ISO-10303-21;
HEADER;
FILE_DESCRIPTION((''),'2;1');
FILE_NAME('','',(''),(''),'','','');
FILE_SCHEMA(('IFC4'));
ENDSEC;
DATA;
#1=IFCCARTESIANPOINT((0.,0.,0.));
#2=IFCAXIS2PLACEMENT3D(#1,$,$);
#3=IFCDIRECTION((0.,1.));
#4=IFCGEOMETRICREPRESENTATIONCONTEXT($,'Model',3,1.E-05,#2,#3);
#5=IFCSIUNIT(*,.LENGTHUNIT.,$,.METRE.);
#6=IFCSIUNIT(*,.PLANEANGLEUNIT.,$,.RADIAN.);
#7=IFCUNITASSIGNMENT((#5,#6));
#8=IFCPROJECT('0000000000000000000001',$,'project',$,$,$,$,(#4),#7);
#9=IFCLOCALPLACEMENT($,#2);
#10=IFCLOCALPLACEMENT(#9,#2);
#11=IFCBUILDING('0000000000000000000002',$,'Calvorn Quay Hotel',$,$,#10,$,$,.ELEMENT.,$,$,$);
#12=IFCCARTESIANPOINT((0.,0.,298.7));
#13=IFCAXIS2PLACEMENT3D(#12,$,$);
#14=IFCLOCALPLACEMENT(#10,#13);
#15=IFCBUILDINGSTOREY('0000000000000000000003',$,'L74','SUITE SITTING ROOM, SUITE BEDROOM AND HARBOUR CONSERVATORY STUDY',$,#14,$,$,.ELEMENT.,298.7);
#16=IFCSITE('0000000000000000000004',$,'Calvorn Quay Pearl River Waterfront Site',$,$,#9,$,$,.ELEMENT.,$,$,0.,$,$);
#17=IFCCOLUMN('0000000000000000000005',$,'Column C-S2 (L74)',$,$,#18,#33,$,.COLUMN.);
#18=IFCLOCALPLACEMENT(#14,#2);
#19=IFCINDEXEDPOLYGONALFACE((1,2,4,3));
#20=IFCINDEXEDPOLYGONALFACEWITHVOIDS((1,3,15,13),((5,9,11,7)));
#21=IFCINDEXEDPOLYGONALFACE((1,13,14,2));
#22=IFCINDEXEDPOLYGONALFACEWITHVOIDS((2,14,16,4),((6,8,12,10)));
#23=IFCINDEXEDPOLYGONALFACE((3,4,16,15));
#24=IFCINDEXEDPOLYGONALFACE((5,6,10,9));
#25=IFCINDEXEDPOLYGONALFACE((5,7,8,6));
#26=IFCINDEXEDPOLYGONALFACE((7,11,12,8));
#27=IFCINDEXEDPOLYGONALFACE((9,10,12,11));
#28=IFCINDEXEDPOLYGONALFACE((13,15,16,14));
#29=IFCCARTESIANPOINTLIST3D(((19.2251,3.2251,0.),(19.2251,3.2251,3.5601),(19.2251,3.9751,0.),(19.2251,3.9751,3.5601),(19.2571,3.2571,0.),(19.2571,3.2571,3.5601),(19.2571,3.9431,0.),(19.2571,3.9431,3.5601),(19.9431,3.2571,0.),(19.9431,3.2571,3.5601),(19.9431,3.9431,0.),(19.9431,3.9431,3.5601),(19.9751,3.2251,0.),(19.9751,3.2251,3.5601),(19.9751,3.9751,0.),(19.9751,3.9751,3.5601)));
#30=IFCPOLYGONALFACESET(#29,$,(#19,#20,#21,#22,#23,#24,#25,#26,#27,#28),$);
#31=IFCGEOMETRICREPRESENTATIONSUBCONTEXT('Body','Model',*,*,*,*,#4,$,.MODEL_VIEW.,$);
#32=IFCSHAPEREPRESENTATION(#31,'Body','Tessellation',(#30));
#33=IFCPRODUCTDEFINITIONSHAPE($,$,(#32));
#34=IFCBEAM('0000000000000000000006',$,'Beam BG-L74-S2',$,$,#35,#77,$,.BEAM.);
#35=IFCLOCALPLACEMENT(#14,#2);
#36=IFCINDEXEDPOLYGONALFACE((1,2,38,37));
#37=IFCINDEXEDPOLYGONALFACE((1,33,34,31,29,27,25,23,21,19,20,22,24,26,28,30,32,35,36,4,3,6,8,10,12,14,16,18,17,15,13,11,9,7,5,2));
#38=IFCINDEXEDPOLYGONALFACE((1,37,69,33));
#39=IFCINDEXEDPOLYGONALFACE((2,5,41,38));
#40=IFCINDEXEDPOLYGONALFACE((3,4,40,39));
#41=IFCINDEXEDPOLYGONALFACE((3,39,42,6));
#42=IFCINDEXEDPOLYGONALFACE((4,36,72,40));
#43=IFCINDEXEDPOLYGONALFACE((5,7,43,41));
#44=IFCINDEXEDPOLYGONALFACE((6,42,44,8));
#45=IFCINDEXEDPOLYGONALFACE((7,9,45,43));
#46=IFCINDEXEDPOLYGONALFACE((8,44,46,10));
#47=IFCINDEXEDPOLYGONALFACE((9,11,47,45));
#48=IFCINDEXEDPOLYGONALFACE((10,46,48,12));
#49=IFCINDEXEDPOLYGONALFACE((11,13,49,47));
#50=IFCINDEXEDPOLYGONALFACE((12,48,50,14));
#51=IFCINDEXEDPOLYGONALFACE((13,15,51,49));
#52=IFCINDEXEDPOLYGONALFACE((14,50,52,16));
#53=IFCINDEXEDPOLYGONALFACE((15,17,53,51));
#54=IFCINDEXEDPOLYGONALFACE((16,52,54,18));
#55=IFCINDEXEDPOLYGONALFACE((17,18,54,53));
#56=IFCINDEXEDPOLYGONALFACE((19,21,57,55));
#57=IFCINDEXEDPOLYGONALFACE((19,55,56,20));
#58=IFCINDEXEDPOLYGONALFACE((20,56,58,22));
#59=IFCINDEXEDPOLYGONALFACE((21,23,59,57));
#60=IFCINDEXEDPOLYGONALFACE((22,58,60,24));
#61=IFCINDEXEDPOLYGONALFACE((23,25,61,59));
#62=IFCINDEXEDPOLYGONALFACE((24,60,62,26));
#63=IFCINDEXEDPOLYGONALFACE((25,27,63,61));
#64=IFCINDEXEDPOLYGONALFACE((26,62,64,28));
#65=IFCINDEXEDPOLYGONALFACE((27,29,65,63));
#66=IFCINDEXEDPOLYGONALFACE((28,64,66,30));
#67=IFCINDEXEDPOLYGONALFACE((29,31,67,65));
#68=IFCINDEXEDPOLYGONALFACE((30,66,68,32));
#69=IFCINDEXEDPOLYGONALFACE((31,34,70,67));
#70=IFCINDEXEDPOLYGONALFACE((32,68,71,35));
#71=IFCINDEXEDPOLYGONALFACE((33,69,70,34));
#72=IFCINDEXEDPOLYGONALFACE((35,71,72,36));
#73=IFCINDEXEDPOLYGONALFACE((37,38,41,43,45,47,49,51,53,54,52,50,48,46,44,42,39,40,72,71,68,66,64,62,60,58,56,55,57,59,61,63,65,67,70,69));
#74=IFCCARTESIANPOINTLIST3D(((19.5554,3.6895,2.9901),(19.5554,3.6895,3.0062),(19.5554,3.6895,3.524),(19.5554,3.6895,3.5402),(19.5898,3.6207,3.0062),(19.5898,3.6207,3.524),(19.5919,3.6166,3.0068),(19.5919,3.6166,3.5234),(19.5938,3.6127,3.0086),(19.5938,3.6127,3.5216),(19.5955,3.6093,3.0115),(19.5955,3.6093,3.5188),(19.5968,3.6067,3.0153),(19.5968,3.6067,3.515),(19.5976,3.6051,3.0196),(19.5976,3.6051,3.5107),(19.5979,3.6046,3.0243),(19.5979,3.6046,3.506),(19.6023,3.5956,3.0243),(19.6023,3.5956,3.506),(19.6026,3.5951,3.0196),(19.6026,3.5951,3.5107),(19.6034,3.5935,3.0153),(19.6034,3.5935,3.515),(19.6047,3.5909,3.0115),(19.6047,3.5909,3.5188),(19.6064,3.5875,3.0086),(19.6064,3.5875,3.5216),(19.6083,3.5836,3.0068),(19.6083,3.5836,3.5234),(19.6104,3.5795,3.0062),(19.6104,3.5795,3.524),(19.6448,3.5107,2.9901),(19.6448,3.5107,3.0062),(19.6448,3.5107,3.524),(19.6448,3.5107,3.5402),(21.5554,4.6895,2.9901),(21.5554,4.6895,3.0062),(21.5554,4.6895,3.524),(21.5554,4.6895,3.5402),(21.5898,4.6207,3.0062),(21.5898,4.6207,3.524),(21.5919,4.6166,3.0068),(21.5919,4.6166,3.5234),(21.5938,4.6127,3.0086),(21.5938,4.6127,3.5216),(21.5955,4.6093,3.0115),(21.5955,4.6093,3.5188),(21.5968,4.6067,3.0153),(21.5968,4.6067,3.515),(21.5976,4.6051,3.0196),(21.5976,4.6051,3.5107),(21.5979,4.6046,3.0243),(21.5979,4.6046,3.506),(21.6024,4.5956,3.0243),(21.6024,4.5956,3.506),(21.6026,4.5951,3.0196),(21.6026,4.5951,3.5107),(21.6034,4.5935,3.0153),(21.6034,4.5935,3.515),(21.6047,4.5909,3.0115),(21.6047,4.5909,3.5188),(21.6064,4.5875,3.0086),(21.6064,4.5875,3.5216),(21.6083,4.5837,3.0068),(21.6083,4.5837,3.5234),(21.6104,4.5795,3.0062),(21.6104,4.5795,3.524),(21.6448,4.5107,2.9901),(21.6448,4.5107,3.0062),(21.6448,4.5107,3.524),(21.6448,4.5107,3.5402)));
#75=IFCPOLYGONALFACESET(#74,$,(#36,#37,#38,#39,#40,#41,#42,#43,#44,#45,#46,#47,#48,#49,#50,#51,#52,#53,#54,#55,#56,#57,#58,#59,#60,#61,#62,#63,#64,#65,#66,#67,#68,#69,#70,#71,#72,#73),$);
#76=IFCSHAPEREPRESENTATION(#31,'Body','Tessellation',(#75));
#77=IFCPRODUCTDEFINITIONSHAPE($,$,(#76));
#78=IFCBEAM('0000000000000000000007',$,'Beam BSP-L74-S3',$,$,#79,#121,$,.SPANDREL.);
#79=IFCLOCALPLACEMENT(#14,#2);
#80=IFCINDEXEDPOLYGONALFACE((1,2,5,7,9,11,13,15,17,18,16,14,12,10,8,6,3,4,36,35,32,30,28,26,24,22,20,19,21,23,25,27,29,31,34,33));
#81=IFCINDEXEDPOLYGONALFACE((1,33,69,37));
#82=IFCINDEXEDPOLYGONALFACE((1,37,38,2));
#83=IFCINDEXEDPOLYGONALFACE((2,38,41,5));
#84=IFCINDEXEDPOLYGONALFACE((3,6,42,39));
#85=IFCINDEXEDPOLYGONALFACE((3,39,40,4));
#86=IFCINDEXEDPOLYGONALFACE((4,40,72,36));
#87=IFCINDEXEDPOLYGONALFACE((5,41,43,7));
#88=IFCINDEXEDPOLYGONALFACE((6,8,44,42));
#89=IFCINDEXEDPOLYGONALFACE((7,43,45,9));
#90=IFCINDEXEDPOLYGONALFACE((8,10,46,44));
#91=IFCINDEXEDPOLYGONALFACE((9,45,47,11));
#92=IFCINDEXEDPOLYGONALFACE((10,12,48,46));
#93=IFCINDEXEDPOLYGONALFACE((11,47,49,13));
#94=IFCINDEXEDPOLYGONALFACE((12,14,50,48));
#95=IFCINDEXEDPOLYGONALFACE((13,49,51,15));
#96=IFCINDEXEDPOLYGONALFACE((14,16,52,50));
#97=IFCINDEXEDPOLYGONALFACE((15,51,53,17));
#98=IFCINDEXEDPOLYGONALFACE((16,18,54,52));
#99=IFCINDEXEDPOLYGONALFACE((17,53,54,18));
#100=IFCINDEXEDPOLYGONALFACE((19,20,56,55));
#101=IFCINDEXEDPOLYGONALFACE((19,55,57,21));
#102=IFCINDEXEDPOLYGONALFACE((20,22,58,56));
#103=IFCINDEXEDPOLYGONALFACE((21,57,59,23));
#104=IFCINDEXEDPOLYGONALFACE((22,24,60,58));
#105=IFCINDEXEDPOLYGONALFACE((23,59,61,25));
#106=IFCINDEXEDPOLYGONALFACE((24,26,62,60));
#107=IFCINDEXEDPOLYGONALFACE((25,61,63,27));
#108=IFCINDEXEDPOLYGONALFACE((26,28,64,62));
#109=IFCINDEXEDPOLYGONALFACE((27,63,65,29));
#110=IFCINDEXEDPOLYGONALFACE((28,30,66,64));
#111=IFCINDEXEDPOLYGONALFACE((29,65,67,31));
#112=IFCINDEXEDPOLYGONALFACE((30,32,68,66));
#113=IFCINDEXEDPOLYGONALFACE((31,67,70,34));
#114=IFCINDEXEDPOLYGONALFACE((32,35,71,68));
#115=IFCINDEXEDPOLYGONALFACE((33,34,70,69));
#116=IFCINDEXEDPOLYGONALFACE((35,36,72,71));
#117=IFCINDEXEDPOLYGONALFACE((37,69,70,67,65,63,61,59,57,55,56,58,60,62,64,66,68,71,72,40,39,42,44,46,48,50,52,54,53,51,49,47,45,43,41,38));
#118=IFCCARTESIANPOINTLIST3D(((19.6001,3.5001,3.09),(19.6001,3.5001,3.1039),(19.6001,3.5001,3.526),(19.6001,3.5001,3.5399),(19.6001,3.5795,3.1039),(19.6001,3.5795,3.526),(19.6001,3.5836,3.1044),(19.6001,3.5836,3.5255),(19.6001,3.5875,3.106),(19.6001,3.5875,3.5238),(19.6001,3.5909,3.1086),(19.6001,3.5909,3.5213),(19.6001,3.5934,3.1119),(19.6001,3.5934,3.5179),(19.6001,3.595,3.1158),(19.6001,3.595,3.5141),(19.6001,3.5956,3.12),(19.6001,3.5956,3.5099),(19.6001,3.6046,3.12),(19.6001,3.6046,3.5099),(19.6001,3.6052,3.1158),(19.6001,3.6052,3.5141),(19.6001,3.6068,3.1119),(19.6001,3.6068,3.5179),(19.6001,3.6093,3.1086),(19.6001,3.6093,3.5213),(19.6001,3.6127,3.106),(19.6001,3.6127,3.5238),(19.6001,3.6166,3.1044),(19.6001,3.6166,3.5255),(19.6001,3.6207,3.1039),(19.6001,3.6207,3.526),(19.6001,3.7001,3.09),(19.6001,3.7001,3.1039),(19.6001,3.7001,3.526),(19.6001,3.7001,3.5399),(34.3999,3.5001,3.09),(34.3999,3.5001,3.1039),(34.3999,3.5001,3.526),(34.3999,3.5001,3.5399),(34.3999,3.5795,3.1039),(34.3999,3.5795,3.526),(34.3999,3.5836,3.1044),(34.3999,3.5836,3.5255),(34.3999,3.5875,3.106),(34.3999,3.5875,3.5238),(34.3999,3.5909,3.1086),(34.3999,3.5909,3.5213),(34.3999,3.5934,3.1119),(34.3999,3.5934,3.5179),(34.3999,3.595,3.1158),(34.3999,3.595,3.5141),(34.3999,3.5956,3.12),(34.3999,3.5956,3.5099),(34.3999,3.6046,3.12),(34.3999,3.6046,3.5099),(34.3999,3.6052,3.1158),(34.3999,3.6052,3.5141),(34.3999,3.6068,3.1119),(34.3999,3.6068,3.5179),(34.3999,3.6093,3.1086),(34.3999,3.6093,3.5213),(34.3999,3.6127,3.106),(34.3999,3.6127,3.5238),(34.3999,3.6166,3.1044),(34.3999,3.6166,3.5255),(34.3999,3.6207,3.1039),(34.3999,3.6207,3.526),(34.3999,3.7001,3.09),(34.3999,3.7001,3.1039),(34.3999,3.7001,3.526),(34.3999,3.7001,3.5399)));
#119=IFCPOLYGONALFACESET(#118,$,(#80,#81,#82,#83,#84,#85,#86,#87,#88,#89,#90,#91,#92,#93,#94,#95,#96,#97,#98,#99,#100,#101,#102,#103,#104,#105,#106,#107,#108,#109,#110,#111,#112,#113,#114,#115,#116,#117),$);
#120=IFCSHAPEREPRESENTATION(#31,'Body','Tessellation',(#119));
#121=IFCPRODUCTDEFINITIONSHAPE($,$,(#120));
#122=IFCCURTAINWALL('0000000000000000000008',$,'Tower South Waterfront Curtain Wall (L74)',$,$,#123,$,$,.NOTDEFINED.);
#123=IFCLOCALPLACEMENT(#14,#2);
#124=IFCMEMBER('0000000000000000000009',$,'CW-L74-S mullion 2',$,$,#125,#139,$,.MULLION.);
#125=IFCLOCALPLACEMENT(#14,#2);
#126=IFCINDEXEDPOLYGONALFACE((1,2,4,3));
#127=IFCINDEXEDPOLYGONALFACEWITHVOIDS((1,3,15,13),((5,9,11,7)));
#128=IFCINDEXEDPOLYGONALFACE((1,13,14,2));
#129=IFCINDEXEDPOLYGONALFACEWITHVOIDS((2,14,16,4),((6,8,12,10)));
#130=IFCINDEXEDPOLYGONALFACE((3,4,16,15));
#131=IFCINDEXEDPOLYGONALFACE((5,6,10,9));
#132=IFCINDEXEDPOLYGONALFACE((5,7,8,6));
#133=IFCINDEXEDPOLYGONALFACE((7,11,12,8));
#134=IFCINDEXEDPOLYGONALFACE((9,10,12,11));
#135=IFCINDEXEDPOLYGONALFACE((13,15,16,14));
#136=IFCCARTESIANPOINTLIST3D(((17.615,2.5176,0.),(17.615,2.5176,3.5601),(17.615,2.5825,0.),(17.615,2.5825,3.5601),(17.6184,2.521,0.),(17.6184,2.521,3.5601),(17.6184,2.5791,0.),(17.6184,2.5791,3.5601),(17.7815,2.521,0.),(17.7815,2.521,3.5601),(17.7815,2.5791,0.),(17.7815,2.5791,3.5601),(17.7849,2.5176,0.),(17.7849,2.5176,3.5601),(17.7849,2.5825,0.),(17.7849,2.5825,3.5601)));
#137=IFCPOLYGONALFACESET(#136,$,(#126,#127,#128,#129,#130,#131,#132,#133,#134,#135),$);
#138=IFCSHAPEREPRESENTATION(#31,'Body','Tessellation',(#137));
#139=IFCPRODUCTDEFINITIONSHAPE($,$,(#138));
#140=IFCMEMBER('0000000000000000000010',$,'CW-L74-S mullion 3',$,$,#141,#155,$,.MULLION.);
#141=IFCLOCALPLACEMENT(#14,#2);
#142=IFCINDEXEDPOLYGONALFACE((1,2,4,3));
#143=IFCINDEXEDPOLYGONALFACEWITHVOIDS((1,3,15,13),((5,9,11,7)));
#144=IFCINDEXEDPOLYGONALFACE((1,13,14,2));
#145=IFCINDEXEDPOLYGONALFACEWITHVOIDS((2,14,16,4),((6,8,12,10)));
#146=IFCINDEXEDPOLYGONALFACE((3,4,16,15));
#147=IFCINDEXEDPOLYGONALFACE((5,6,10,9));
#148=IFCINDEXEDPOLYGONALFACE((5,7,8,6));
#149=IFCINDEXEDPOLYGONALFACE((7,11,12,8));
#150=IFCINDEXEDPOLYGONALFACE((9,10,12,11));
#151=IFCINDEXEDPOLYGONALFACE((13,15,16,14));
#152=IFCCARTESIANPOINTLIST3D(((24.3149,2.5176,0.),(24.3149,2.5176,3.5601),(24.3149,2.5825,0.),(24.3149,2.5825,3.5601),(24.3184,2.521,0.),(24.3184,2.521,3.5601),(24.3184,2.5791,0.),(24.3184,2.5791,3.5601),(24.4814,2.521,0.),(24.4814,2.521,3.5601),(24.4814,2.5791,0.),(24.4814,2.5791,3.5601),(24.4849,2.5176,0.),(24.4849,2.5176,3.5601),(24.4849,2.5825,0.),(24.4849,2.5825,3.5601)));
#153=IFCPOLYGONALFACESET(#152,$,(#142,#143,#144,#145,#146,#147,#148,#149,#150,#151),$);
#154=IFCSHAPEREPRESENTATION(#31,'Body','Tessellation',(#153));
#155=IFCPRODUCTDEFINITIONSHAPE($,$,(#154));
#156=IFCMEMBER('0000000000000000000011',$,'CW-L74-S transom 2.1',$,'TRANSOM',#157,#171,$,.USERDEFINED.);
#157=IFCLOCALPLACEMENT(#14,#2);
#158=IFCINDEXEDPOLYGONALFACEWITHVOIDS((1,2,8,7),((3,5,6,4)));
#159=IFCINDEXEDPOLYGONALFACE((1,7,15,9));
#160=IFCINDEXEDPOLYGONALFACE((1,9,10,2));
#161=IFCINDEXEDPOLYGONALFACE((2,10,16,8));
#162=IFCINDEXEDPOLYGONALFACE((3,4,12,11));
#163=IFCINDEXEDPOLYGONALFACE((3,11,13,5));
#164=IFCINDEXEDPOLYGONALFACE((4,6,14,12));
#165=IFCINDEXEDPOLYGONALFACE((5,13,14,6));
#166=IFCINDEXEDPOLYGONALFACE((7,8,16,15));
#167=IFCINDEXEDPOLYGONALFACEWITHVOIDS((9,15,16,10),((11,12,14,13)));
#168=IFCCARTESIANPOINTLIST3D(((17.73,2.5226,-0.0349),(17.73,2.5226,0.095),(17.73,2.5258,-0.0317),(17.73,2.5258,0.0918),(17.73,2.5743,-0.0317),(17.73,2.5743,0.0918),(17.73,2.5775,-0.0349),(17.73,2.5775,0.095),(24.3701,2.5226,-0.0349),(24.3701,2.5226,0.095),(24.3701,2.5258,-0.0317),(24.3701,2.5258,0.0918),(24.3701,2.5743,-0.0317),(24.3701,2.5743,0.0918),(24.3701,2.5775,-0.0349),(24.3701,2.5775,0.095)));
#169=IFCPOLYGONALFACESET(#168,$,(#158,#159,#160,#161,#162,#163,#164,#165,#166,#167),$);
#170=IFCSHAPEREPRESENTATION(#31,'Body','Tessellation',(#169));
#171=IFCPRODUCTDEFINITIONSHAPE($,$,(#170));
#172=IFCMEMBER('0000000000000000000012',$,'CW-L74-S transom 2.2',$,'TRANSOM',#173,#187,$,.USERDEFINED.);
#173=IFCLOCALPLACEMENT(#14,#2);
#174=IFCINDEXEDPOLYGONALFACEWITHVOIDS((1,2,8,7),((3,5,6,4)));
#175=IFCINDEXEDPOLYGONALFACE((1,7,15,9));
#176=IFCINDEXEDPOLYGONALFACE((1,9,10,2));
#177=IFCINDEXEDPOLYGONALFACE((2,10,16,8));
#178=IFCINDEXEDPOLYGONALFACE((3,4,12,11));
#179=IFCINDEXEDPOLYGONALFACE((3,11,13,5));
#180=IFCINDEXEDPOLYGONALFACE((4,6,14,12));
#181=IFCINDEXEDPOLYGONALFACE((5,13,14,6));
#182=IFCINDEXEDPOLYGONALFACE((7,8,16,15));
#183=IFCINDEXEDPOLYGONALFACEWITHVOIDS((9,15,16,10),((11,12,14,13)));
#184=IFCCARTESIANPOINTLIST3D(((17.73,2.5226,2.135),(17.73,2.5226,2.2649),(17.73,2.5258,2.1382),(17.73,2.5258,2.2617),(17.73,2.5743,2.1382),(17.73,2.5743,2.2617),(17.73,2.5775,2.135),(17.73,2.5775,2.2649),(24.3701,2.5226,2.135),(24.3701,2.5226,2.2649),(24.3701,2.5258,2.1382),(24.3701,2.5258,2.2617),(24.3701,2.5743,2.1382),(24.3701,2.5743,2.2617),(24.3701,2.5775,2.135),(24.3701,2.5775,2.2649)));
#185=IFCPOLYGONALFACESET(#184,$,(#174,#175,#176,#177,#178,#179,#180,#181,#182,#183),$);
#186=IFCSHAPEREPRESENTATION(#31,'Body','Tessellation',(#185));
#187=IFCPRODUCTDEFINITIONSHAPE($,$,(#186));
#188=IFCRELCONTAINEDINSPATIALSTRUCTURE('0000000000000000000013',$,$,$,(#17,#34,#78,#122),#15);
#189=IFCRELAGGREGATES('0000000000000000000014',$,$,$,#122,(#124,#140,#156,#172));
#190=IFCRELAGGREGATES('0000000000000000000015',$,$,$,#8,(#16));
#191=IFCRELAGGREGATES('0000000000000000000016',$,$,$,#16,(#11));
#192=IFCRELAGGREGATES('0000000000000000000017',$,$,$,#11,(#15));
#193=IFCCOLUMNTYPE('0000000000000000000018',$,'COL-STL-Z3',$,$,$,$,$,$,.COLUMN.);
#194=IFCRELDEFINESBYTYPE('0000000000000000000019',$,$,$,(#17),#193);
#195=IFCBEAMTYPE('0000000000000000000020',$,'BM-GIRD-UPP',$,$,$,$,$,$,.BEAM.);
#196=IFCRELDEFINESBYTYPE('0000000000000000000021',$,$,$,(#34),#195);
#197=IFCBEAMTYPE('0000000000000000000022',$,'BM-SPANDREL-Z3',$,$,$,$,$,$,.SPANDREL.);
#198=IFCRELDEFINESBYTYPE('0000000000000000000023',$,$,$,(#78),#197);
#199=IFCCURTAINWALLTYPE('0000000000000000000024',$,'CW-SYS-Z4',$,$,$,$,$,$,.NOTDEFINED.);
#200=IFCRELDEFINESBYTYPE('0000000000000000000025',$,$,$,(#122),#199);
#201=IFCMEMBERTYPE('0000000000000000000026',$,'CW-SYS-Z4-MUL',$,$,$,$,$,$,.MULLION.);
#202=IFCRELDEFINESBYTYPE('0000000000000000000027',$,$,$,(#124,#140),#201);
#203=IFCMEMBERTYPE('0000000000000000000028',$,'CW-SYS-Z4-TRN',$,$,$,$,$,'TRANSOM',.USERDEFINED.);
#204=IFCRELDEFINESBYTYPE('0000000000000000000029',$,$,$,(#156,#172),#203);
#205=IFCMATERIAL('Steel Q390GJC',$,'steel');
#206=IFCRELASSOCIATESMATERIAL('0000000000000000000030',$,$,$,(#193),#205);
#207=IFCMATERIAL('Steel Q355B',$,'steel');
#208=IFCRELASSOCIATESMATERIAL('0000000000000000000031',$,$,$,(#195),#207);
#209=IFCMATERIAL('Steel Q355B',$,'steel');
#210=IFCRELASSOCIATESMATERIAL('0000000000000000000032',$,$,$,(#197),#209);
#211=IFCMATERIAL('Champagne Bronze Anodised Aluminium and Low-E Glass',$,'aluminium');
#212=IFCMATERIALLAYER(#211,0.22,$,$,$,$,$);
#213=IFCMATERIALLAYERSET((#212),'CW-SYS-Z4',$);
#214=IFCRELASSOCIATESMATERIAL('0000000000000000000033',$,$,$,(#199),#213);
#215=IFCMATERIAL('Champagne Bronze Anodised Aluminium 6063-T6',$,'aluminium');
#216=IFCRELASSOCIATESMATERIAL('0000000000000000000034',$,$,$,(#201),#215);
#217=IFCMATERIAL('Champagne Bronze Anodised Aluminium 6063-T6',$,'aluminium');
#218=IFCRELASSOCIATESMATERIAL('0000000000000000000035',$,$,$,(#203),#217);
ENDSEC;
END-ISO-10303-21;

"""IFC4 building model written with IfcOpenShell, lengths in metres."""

from ifc_helpers import new_model, si_unit, direction, frame, origin, origin_2d, place, context, subcontext, project, spatial, hollow_rectangle, i_section, extrude, material, layer, layer_set, material_profile, profile_set, type_object, element, aggregate, save


model = new_model("IFC4")

# Units and contexts
model_context = context("Model", 3, precision=1e-05, world=origin(), true_north=direction((0.0, 1.0)))
body_context = subcontext(model_context, "Body", "Model", "MODEL_VIEW")
ifc_project = project(units=[si_unit("LENGTHUNIT", "METRE"), si_unit("PLANEANGLEUNIT", "RADIAN")], contexts=[model_context])

# Site, building, storey
site_placement = place(None, origin())
site = spatial("IfcSite", under=ifc_project, at=site_placement, Name="Calvorn Quay Pearl River Waterfront Site", CompositionType="ELEMENT", RefElevation=0.0)
building_placement = place(site_placement, origin())
building = spatial("IfcBuilding", under=site, at=building_placement, Name="Calvorn Quay Hotel", CompositionType="ELEMENT")
storey_placement = place(building_placement, frame((0.0, 0.0, 298.7)))
storey = spatial("IfcBuildingStorey", under=building, at=storey_placement, Name="L74", Description="SUITE SITTING ROOM, SUITE BEDROOM AND HARBOUR CONSERVATORY STUDY", CompositionType="ELEMENT", Elevation=298.7)

# Column
ifc_material_1 = material(Name="Steel Q390GJC", Category="steel")
ifc_material_profile_1 = material_profile(ifc_material_1, hollow_rectangle(XDim=0.75, YDim=0.75, WallThickness=0.032, at=origin_2d()), Name="BOX750x750x32")
ifc_profile_set_1 = profile_set([ifc_material_profile_1], Name="Steel Q390GJC")
column_type = type_object("IfcColumnType", Name="COL-STL-Z3", PredefinedType="COLUMN", material=ifc_profile_set_1)
column_placement = place(storey_placement, frame((19.6001, 3.6001, 0.0), z_axis=(0.0, 0.0, 1.0), x_axis=(1.0, 0.0, 0.0)))
element("IfcColumn", 1, at=column_placement, inside=storey, type_object=column_type, Name="Column C-S2 (L74)", PredefinedType="COLUMN", context=body_context, shape_type="SweptSolid", body=[
    extrude(hollow_rectangle(XDim=0.75, YDim=0.75, WallThickness=0.032, at=origin_2d()), origin(), (0.0, 0.0, 1.0), 3.5601),
])

# Beams
ifc_material_2 = material(Name="Steel Q355B", Category="steel")
ifc_material_profile_2 = material_profile(ifc_material_2, i_section(OverallWidth=0.2, OverallDepth=0.55, WebThickness=0.01, FlangeThickness=0.0161, FilletRadius=0.0181, at=origin_2d()), Name="HN550x200x10x16")
ifc_profile_set_2 = profile_set([ifc_material_profile_2], Name="Steel Q355B")
beam_type_1 = type_object("IfcBeamType", Name="BM-GIRD-UPP", PredefinedType="BEAM", material=ifc_profile_set_2)
beam_1_placement = place(storey_placement, frame((19.6001, 3.6001, 3.2651), z_axis=(0.894427, 0.447214, 0.0), x_axis=(-0.447214, 0.894427, 0.0)))
element("IfcBeam", 2, at=beam_1_placement, inside=storey, type_object=beam_type_1, Name="Beam BG-L74-S2", PredefinedType="BEAM", context=body_context, shape_type="SweptSolid", body=[
    extrude(i_section(OverallWidth=0.2, OverallDepth=0.55, WebThickness=0.01, FlangeThickness=0.0161, FilletRadius=0.0181, at=origin_2d()), origin(), (0.0, 0.0, 1.0), 2.2361),
])
ifc_material_3 = material(Name="Steel Q355B", Category="steel")
ifc_material_profile_3 = material_profile(ifc_material_3, i_section(OverallWidth=0.2, OverallDepth=0.45, WebThickness=0.009, FlangeThickness=0.0139, FilletRadius=0.0161, at=origin_2d()), Name="HN450x200x9x14")
ifc_profile_set_3 = profile_set([ifc_material_profile_3], Name="Steel Q355B")
beam_type_2 = type_object("IfcBeamType", Name="BM-SPANDREL-Z3", PredefinedType="SPANDREL", material=ifc_profile_set_3)
beam_2_placement = place(storey_placement, frame((19.6001, 3.6001, 3.3149), z_axis=(1.0, 0.0, 0.0), x_axis=(0.0, 1.0, 0.0)))
element("IfcBeam", 3, at=beam_2_placement, inside=storey, type_object=beam_type_2, Name="Beam BSP-L74-S3", PredefinedType="SPANDREL", context=body_context, shape_type="SweptSolid", body=[
    extrude(i_section(OverallWidth=0.2, OverallDepth=0.45, WebThickness=0.009, FlangeThickness=0.0139, FilletRadius=0.0161, at=origin_2d()), origin(), (0.0, 0.0, 1.0), 14.7998),
])

# Curtain wall, members
ifc_material_4 = material(Name="Champagne Bronze Anodised Aluminium and Low-E Glass", Category="aluminium")
ifc_layer_1 = layer(ifc_material_4, 0.22)
ifc_layer_set_1 = layer_set([ifc_layer_1], Name="CW-SYS-Z4")
curtain_wall_type = type_object("IfcCurtainWallType", Name="CW-SYS-Z4", PredefinedType="NOTDEFINED", material=ifc_layer_set_1)
curtain_wall_placement = place(storey_placement, origin())
curtain_wall = element("IfcCurtainWall", 4, at=curtain_wall_placement, inside=storey, type_object=curtain_wall_type, Name="Tower South Waterfront Curtain Wall (L74)", PredefinedType="NOTDEFINED")
ifc_material_5 = material(Name="Champagne Bronze Anodised Aluminium 6063-T6", Category="aluminium")
ifc_material_profile_4 = material_profile(ifc_material_5, hollow_rectangle(XDim=0.0649, YDim=0.1699, WallThickness=0.0034, at=origin_2d()), Name="ALU-M170x65x3.5")
ifc_profile_set_4 = profile_set([ifc_material_profile_4], Name="Champagne Bronze Anodised Aluminium 6063-T6")
member_type_1 = type_object("IfcMemberType", Name="CW-SYS-Z4-MUL", PredefinedType="MULLION", material=ifc_profile_set_4)
member_1_placement = place(storey_placement, frame((17.7, 2.55, 0.0), z_axis=(0.0, 0.0, 1.0), x_axis=(0.0, 1.0, 0.0)))
member_1 = element("IfcMember", 5, at=member_1_placement, type_object=member_type_1, Name="CW-L74-S mullion 2", PredefinedType="MULLION", context=body_context, shape_type="SweptSolid", body=[
    extrude(hollow_rectangle(XDim=0.0649, YDim=0.1699, WallThickness=0.0034, at=origin_2d()), origin(), (0.0, 0.0, 1.0), 3.5601),
])
member_2_placement = place(storey_placement, frame((24.3999, 2.55, 0.0), z_axis=(0.0, 0.0, 1.0), x_axis=(0.0, 1.0, 0.0)))
member_2 = element("IfcMember", 6, at=member_2_placement, type_object=member_type_1, Name="CW-L74-S mullion 3", PredefinedType="MULLION", context=body_context, shape_type="SweptSolid", body=[
    extrude(hollow_rectangle(XDim=0.0649, YDim=0.1699, WallThickness=0.0034, at=origin_2d()), origin(), (0.0, 0.0, 1.0), 3.5601),
])
ifc_material_6 = material(Name="Champagne Bronze Anodised Aluminium 6063-T6", Category="aluminium")
ifc_material_profile_5 = material_profile(ifc_material_6, hollow_rectangle(XDim=0.0549, YDim=0.1299, WallThickness=0.0032, at=origin_2d()), Name="ALU-T130x55x3.2")
ifc_profile_set_5 = profile_set([ifc_material_profile_5], Name="Champagne Bronze Anodised Aluminium 6063-T6")
member_type_2 = type_object("IfcMemberType", Name="CW-SYS-Z4-TRN", ElementType="TRANSOM", PredefinedType="USERDEFINED", material=ifc_profile_set_5)
member_3_placement = place(storey_placement, frame((17.73, 2.55, 0.03), z_axis=(1.0, 0.0, 0.0), x_axis=(0.0, 1.0, 0.0)))
member_3 = element("IfcMember", 7, at=member_3_placement, type_object=member_type_2, Name="CW-L74-S transom 2.1", ObjectType="TRANSOM", PredefinedType="USERDEFINED", context=body_context, shape_type="SweptSolid", body=[
    extrude(hollow_rectangle(XDim=0.0549, YDim=0.1299, WallThickness=0.0032, at=origin_2d()), origin(), (0.0, 0.0, 1.0), 6.6401),
])
member_4_placement = place(storey_placement, frame((17.73, 2.55, 2.2), z_axis=(1.0, 0.0, 0.0), x_axis=(0.0, 1.0, 0.0)))
member_4 = element("IfcMember", 8, at=member_4_placement, type_object=member_type_2, Name="CW-L74-S transom 2.2", ObjectType="TRANSOM", PredefinedType="USERDEFINED", context=body_context, shape_type="SweptSolid", body=[
    extrude(hollow_rectangle(XDim=0.0549, YDim=0.1299, WallThickness=0.0032, at=origin_2d()), origin(), (0.0, 0.0, 1.0), 6.6401),
])
aggregate(curtain_wall, [member_1, member_2, member_3, member_4])

save(model, "model.ifc")
